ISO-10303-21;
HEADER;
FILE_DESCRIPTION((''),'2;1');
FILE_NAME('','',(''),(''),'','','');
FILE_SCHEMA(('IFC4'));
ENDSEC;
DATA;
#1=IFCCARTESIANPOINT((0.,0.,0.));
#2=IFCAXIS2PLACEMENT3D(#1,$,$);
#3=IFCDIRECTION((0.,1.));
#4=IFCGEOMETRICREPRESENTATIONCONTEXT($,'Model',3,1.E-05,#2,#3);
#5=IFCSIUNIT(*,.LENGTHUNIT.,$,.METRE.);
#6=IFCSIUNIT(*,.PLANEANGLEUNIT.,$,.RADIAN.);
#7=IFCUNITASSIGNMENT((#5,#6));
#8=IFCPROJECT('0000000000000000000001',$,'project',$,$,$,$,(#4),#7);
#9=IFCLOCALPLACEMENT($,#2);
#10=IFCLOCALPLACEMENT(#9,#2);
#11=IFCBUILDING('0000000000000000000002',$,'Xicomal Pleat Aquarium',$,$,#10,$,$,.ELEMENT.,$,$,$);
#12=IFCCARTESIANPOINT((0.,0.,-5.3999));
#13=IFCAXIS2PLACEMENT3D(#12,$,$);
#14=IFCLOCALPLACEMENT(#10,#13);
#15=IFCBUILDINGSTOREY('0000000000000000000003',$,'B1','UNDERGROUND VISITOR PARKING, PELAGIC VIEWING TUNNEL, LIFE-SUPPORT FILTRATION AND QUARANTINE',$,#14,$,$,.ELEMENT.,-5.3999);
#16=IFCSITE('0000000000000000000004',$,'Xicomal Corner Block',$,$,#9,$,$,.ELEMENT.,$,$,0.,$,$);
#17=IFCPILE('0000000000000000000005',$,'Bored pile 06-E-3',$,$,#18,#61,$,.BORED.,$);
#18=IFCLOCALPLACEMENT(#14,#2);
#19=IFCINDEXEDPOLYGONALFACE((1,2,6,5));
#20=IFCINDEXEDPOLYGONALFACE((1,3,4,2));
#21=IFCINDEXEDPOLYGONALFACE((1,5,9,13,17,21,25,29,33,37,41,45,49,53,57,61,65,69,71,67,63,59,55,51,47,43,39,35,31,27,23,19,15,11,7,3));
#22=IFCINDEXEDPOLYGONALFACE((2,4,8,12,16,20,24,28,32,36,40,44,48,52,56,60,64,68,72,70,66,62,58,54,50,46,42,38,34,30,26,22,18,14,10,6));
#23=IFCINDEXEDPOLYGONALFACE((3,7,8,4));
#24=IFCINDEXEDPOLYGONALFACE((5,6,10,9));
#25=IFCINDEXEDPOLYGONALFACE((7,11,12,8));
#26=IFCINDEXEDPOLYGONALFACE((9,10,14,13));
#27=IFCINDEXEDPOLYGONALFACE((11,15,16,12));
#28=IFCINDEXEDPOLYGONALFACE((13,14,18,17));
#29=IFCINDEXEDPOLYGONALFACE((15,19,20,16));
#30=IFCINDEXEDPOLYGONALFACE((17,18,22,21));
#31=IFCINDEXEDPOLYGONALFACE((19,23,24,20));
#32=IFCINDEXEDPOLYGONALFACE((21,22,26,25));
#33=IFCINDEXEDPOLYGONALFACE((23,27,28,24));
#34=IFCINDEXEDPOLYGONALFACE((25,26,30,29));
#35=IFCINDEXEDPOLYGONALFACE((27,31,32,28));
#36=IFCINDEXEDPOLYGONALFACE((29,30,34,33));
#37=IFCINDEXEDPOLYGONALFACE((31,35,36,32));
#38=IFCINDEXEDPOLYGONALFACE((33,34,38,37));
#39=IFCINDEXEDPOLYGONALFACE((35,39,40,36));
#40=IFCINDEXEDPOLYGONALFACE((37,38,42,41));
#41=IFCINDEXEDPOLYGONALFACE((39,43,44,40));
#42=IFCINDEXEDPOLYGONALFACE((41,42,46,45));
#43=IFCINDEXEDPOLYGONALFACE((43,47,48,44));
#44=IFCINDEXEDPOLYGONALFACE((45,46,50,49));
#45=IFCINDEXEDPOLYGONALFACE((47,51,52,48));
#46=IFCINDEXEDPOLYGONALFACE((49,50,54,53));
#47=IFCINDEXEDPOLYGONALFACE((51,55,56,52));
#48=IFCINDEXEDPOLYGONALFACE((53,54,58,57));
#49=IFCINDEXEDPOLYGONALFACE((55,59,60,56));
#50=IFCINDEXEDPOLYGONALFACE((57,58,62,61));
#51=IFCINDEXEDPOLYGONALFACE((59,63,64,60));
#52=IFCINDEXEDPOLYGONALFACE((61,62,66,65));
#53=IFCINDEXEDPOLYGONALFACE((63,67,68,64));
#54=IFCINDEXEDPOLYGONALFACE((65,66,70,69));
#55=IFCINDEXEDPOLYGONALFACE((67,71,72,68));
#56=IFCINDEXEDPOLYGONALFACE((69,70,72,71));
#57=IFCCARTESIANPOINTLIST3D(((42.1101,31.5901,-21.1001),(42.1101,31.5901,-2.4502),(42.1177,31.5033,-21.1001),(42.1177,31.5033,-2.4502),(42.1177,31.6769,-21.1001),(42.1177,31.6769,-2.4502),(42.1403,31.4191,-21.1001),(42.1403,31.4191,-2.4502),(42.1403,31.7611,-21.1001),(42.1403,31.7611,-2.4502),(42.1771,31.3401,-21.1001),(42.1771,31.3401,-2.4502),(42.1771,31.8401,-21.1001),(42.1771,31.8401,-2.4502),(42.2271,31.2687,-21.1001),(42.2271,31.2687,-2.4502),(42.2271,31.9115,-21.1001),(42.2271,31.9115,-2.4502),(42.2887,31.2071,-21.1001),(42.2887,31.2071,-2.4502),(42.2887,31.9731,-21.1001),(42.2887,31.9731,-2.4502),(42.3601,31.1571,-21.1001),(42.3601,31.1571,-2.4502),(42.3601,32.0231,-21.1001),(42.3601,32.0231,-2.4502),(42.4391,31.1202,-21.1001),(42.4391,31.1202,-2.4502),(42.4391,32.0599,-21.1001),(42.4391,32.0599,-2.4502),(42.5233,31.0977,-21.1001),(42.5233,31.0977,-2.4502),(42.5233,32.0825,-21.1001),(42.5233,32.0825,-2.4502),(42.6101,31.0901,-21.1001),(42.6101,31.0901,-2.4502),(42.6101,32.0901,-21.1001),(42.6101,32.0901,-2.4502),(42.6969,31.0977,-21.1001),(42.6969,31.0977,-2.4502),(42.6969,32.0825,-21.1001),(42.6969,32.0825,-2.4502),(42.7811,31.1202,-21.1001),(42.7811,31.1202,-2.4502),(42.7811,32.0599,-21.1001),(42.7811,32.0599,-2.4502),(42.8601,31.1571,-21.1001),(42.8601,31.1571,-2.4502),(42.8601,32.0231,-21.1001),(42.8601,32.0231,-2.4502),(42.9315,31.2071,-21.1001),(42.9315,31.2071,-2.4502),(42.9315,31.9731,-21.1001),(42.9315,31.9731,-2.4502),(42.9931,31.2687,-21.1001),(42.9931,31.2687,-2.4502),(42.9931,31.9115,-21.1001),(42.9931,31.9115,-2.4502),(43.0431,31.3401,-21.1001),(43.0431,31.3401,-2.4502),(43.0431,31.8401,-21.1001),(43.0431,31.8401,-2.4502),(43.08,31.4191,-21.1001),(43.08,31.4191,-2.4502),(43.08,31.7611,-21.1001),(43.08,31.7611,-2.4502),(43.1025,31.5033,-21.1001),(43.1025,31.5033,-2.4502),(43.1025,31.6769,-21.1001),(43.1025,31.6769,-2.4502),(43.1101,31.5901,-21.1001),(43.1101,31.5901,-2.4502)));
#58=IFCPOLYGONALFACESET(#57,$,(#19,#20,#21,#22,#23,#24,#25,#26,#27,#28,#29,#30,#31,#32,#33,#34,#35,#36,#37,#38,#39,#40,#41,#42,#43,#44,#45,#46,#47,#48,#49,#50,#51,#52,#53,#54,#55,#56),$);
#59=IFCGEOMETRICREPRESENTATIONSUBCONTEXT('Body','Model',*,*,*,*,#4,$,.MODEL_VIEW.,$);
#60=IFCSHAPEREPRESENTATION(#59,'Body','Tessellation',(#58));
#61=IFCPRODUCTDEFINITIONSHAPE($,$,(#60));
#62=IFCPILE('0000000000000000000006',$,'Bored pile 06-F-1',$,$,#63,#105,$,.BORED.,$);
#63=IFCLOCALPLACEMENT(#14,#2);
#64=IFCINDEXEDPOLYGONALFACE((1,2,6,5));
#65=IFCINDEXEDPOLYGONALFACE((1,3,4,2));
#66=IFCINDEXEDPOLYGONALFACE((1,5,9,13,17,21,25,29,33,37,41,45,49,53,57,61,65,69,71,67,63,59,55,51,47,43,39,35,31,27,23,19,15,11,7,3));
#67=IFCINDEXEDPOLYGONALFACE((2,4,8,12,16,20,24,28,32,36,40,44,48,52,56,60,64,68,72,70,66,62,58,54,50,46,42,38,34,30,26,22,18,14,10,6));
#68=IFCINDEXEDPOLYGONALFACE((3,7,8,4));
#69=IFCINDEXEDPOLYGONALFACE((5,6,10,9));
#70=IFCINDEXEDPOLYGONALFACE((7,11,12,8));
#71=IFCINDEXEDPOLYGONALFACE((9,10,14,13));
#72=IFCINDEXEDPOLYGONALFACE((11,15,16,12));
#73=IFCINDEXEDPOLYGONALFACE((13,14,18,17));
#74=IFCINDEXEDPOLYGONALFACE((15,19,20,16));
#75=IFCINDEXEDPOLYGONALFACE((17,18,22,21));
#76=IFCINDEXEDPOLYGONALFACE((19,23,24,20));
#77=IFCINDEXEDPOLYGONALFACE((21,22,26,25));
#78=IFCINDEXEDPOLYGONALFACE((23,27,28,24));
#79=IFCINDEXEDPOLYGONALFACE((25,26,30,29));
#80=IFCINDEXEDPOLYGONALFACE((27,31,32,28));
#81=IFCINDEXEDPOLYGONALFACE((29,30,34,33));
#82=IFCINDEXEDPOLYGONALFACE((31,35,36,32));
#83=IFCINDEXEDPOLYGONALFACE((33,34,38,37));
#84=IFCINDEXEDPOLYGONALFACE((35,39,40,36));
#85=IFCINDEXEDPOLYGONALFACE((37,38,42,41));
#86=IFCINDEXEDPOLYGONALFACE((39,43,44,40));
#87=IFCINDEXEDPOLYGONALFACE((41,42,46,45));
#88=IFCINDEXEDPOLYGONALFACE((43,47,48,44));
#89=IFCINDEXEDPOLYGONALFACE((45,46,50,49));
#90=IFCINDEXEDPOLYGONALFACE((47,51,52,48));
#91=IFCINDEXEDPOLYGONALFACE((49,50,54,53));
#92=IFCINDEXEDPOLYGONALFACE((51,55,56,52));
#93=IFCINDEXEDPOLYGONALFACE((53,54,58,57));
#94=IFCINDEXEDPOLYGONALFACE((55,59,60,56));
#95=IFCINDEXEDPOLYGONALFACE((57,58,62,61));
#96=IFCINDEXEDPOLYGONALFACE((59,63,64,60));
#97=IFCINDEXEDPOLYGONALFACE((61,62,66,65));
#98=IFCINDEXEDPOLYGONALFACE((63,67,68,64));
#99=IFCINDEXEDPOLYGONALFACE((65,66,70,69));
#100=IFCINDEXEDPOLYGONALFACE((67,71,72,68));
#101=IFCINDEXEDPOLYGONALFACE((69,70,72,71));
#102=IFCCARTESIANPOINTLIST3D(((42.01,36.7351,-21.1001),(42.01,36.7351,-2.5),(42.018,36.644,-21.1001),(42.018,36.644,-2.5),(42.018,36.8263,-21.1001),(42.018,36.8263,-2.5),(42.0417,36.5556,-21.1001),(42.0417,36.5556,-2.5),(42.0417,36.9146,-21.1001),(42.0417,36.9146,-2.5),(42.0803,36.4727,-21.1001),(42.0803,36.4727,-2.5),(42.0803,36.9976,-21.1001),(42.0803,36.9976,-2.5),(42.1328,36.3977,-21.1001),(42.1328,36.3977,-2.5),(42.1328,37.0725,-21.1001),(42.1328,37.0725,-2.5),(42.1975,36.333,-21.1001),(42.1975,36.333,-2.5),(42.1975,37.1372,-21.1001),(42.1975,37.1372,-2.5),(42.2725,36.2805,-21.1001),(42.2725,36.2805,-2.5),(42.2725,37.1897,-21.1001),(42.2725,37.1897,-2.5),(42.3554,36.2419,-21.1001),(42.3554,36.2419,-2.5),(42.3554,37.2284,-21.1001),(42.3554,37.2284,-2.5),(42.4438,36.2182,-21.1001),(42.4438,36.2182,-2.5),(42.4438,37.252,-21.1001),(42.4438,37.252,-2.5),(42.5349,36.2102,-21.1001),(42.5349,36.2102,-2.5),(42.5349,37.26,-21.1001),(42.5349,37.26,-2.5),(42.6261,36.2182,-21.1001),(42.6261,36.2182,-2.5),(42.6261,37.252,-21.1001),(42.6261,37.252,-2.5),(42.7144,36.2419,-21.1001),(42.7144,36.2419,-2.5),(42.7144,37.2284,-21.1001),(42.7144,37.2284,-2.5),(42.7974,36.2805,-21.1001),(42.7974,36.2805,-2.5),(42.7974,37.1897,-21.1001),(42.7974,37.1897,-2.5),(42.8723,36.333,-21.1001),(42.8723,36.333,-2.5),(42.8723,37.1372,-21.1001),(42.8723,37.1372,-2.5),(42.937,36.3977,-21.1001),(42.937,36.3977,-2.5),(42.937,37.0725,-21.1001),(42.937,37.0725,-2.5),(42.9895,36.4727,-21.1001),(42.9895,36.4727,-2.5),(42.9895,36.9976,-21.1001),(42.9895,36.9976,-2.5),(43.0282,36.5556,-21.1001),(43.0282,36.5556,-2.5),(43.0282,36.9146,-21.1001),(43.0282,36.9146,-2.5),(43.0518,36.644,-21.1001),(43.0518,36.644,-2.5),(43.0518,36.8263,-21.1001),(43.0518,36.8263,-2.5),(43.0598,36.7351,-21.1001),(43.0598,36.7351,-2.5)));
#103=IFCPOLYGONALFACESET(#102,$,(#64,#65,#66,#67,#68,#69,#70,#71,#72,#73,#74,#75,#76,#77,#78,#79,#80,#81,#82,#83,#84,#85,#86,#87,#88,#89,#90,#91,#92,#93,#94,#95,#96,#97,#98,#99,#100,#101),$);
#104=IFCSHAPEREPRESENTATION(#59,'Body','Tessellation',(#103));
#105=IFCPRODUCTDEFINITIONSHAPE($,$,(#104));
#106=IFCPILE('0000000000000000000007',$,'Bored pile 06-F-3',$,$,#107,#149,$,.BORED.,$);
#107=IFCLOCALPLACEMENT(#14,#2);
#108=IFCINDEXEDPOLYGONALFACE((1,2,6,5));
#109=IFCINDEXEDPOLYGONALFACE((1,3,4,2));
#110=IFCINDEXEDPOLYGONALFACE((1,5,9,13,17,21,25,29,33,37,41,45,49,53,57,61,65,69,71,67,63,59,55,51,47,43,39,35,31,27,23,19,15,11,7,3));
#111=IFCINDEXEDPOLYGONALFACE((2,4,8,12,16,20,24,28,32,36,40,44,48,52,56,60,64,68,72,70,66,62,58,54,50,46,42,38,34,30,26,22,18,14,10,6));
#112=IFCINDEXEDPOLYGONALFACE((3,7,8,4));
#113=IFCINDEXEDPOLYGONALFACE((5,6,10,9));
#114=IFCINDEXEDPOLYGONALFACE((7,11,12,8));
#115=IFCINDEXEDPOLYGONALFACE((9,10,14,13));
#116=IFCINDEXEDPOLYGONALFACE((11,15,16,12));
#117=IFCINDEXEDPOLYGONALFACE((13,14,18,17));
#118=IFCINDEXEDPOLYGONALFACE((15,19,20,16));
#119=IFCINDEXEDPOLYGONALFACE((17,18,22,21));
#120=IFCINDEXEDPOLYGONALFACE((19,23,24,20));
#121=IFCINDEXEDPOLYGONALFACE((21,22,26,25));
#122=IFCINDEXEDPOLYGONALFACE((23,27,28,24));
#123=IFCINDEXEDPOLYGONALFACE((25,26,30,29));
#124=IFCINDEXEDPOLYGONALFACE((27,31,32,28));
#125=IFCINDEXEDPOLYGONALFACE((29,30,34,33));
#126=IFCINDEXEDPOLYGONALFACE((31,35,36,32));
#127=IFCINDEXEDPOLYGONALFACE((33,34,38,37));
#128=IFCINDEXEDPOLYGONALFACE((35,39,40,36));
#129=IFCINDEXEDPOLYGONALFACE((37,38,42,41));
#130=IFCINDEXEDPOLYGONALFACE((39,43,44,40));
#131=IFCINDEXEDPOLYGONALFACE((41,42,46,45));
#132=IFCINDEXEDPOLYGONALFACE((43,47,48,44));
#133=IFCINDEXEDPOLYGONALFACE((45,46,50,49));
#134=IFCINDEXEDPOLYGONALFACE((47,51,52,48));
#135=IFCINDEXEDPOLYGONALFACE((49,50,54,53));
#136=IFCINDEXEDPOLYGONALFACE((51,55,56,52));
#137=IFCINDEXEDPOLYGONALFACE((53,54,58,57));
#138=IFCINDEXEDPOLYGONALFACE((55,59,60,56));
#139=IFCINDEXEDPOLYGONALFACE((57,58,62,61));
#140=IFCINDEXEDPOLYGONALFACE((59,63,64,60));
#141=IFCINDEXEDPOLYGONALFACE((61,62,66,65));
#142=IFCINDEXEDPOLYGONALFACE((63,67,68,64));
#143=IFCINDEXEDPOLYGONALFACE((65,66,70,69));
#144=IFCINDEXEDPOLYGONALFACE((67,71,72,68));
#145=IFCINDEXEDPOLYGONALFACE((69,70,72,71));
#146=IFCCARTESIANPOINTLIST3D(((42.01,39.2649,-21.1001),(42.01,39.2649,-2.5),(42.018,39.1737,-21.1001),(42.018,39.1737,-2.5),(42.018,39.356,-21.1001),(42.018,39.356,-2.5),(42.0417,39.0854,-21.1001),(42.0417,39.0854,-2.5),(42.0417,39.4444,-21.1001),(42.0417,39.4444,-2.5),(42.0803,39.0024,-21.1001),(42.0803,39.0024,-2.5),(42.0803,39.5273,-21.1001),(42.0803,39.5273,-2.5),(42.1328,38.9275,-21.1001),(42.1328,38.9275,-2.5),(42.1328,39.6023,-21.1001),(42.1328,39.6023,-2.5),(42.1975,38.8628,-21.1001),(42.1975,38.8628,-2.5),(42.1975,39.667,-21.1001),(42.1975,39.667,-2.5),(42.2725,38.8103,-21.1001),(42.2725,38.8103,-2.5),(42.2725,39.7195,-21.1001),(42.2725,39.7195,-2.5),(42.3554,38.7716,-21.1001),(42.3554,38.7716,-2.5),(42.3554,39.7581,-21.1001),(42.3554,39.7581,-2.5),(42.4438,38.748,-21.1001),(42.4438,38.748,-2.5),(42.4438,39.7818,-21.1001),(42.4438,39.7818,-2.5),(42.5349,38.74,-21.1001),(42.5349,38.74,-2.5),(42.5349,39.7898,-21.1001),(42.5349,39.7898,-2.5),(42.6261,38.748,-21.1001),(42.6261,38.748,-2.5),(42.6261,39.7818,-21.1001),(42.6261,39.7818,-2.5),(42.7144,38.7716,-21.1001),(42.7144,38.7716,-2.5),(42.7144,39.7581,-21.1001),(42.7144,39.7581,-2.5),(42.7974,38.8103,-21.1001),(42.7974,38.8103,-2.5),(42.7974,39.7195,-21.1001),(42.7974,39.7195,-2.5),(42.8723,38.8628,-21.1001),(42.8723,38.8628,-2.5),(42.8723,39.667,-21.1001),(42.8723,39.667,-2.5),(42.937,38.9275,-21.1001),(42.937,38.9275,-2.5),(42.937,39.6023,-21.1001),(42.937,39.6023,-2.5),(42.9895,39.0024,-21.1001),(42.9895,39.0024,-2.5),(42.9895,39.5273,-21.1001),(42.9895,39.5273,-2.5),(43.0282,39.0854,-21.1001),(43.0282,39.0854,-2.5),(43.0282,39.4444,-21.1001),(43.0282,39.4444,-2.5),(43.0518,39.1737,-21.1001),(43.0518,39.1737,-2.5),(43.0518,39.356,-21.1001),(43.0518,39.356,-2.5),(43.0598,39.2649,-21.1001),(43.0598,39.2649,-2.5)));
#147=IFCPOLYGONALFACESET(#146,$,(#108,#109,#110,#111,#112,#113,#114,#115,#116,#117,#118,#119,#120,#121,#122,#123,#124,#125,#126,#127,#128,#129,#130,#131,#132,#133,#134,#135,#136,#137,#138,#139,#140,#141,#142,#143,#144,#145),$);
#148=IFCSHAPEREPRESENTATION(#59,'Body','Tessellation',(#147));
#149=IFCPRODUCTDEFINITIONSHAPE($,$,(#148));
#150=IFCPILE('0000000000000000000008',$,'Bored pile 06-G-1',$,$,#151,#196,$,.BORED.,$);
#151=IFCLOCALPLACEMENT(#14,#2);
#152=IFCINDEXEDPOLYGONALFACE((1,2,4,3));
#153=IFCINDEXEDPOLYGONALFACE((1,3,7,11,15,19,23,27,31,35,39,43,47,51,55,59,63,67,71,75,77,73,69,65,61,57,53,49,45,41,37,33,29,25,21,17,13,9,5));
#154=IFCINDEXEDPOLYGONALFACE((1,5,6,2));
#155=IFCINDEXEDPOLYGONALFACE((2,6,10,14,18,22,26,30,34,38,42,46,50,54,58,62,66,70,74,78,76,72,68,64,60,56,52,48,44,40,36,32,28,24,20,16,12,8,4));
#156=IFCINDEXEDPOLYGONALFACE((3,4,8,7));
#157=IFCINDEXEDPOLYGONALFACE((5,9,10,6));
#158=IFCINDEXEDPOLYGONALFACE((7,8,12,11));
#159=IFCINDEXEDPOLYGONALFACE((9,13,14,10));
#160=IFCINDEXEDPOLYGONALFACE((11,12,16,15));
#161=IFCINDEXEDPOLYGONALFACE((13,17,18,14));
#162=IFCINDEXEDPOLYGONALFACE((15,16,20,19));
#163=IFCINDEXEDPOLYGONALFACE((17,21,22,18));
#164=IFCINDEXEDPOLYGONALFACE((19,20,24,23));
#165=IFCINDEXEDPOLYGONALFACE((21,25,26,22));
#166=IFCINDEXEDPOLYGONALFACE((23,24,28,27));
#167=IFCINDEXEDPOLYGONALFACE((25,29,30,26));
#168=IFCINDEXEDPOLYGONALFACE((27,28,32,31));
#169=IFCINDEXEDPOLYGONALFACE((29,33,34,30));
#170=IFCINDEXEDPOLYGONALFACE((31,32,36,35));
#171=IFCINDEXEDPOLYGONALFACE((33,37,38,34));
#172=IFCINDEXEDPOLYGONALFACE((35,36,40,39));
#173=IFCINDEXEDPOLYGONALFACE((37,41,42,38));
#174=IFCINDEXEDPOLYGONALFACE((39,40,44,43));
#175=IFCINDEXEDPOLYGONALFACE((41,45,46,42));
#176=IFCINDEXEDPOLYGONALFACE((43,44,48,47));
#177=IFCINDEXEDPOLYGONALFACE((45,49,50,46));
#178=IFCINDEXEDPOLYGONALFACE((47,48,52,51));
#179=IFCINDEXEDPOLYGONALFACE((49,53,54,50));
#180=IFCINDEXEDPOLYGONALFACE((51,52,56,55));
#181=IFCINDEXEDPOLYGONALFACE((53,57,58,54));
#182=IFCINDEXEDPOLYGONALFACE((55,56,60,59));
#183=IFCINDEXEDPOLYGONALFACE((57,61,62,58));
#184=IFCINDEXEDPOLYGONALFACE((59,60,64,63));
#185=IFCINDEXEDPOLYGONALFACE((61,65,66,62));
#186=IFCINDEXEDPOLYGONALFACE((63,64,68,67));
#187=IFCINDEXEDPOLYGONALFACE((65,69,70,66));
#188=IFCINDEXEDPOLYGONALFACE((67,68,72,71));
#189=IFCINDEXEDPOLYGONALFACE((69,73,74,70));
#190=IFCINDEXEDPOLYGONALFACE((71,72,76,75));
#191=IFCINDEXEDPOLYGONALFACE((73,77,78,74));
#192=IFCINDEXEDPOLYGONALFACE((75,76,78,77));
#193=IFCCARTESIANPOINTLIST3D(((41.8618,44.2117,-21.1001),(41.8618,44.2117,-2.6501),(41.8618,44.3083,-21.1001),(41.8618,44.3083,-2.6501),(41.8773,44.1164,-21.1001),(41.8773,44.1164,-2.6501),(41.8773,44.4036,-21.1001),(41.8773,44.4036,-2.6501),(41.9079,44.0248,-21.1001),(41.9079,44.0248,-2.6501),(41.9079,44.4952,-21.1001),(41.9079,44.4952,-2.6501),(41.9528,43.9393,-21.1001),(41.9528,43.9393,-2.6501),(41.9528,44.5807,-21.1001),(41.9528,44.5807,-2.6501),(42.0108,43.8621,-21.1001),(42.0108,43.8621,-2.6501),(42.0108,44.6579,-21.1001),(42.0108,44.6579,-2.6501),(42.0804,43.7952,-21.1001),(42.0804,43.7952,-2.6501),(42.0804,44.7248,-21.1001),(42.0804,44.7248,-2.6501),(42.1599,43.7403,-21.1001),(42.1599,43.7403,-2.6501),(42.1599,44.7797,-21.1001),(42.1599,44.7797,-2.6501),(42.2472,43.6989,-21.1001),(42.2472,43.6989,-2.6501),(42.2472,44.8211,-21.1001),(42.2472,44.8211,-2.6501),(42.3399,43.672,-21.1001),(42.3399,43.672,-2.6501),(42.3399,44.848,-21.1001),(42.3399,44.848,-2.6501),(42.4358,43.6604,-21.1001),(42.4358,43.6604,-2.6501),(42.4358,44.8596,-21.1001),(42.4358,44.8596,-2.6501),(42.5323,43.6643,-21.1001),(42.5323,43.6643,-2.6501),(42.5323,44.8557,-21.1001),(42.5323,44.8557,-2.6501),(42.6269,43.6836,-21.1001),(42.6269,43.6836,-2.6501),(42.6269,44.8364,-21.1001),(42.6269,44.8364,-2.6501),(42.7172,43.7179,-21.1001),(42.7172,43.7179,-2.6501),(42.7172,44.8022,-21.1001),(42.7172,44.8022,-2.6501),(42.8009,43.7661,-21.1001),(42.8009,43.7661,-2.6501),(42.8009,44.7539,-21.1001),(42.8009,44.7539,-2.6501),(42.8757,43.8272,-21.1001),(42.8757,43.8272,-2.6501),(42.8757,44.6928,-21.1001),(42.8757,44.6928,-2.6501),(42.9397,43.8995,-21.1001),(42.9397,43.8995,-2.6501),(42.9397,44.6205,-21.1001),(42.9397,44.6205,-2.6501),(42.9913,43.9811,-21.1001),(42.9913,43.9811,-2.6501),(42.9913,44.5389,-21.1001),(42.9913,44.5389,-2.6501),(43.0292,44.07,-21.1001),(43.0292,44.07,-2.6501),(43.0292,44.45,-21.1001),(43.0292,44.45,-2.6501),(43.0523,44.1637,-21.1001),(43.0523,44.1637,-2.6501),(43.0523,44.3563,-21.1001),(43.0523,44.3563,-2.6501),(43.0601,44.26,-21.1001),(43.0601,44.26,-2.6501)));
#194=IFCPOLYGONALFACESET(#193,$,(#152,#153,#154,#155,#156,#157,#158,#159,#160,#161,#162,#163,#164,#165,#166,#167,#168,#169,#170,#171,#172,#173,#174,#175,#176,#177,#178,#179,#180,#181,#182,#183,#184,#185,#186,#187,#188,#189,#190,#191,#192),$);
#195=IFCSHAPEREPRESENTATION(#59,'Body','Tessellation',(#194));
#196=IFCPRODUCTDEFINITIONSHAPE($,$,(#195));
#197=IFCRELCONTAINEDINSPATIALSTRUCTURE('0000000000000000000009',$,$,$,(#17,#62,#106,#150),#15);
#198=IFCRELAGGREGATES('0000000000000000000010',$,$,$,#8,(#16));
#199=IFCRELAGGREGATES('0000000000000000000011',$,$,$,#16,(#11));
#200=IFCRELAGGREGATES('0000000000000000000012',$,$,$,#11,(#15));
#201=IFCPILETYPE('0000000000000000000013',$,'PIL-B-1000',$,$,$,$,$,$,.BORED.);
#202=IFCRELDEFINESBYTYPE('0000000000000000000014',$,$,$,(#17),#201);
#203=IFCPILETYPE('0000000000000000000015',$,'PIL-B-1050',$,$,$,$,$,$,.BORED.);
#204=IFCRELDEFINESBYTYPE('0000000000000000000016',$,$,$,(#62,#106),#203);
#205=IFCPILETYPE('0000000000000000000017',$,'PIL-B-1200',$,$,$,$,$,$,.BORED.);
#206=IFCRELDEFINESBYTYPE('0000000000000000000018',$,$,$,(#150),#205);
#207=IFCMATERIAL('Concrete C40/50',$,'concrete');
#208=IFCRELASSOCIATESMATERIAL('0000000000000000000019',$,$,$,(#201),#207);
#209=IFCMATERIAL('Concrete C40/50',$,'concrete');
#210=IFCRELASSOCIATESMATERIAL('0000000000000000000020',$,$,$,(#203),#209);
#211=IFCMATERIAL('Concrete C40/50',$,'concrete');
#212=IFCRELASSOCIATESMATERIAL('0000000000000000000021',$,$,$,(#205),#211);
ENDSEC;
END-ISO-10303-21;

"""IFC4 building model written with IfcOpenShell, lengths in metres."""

from ifc_helpers import new_model, si_unit, direction, frame, origin, origin_2d, place, context, subcontext, project, spatial, circle, extrude, material, material_profile, profile_set, type_object, element, save


model = new_model("IFC4")

# Units and contexts
model_context = context("Model", 3, precision=1e-05, world=origin(), true_north=direction((0.0, 1.0)))
body_context = subcontext(model_context, "Body", "Model", "MODEL_VIEW")
ifc_project = project(units=[si_unit("LENGTHUNIT", "METRE"), si_unit("PLANEANGLEUNIT", "RADIAN")], contexts=[model_context])

# Site, building, storey
site_placement = place(None, origin())
site = spatial("IfcSite", under=ifc_project, at=site_placement, Name="Xicomal Corner Block", CompositionType="ELEMENT", RefElevation=0.0)
building_placement = place(site_placement, origin())
building = spatial("IfcBuilding", under=site, at=building_placement, Name="Xicomal Pleat Aquarium", CompositionType="ELEMENT")
storey_placement = place(building_placement, frame((0.0, 0.0, -5.3999)))
storey = spatial("IfcBuildingStorey", under=building, at=storey_placement, Name="B1", Description="UNDERGROUND VISITOR PARKING, PELAGIC VIEWING TUNNEL, LIFE-SUPPORT FILTRATION AND QUARANTINE", CompositionType="ELEMENT", Elevation=-5.3999)

# Piles
ifc_material_1 = material(Name="Concrete C40/50", Category="concrete")
ifc_material_profile_1 = material_profile(ifc_material_1, circle(Radius=0.5, at=origin_2d()), Name="BORED PILE D1000")
ifc_profile_set_1 = profile_set([ifc_material_profile_1], Name="Concrete C40/50")
pile_type_1 = type_object("IfcPileType", Name="PIL-B-1000", PredefinedType="BORED", material=ifc_profile_set_1)
pile_1_placement = place(storey_placement, frame((42.6101, 31.5901, -2.4502), z_axis=(0.0, 0.0, -1.0), x_axis=(1.0, 0.0, 0.0)))
element("IfcPile", 1, at=pile_1_placement, inside=storey, type_object=pile_type_1, Name="Bored pile 06-E-3", PredefinedType="BORED", context=body_context, shape_type="SweptSolid", body=[
    extrude(circle(Radius=0.5, at=origin_2d()), origin(), (0.0, 0.0, 1.0), 18.6499),
])
ifc_material_2 = material(Name="Concrete C40/50", Category="concrete")
ifc_material_profile_2 = material_profile(ifc_material_2, circle(Radius=0.5249, at=origin_2d()), Name="BORED PILE D1050")
ifc_profile_set_2 = profile_set([ifc_material_profile_2], Name="Concrete C40/50")
pile_type_2 = type_object("IfcPileType", Name="PIL-B-1050", PredefinedType="BORED", material=ifc_profile_set_2)
for number, where, z_axis, x_axis, name in (
    (2, (42.5349, 36.7351, -2.5), (0.0, 0.0, -1.0), (1.0, 0.0, 0.0), "Bored pile 06-F-1"),
    (3, (42.5349, 39.2649, -2.5), (0.0, 0.0, -1.0), (1.0, 0.0, 0.0), "Bored pile 06-F-3"),
):
    element("IfcPile", number, at=place(storey_placement, frame(where, z_axis=z_axis, x_axis=x_axis)), inside=storey, type_object=pile_type_2, Name=name, PredefinedType="BORED", context=body_context, shape_type="SweptSolid", body=[
        extrude(circle(Radius=0.5249, at=origin_2d()), origin(), (0.0, 0.0, 1.0), 18.6001),
    ])
ifc_material_3 = material(Name="Concrete C40/50", Category="concrete")
ifc_material_profile_3 = material_profile(ifc_material_3, circle(Radius=0.6001, at=origin_2d()), Name="BORED PILE D1200")
ifc_profile_set_3 = profile_set([ifc_material_profile_3], Name="Concrete C40/50")
pile_type_3 = type_object("IfcPileType", Name="PIL-B-1200", PredefinedType="BORED", material=ifc_profile_set_3)
pile_2_placement = place(storey_placement, frame((42.46, 44.26, -2.6501), z_axis=(0.0, 0.0, -1.0), x_axis=(1.0, 0.0, 0.0)))
element("IfcPile", 4, at=pile_2_placement, inside=storey, type_object=pile_type_3, Name="Bored pile 06-G-1", PredefinedType="BORED", context=body_context, shape_type="SweptSolid", body=[
    extrude(circle(Radius=0.6001, at=origin_2d()), origin(), (0.0, 0.0, 1.0), 18.45),
])

save(model, "model.ifc")
